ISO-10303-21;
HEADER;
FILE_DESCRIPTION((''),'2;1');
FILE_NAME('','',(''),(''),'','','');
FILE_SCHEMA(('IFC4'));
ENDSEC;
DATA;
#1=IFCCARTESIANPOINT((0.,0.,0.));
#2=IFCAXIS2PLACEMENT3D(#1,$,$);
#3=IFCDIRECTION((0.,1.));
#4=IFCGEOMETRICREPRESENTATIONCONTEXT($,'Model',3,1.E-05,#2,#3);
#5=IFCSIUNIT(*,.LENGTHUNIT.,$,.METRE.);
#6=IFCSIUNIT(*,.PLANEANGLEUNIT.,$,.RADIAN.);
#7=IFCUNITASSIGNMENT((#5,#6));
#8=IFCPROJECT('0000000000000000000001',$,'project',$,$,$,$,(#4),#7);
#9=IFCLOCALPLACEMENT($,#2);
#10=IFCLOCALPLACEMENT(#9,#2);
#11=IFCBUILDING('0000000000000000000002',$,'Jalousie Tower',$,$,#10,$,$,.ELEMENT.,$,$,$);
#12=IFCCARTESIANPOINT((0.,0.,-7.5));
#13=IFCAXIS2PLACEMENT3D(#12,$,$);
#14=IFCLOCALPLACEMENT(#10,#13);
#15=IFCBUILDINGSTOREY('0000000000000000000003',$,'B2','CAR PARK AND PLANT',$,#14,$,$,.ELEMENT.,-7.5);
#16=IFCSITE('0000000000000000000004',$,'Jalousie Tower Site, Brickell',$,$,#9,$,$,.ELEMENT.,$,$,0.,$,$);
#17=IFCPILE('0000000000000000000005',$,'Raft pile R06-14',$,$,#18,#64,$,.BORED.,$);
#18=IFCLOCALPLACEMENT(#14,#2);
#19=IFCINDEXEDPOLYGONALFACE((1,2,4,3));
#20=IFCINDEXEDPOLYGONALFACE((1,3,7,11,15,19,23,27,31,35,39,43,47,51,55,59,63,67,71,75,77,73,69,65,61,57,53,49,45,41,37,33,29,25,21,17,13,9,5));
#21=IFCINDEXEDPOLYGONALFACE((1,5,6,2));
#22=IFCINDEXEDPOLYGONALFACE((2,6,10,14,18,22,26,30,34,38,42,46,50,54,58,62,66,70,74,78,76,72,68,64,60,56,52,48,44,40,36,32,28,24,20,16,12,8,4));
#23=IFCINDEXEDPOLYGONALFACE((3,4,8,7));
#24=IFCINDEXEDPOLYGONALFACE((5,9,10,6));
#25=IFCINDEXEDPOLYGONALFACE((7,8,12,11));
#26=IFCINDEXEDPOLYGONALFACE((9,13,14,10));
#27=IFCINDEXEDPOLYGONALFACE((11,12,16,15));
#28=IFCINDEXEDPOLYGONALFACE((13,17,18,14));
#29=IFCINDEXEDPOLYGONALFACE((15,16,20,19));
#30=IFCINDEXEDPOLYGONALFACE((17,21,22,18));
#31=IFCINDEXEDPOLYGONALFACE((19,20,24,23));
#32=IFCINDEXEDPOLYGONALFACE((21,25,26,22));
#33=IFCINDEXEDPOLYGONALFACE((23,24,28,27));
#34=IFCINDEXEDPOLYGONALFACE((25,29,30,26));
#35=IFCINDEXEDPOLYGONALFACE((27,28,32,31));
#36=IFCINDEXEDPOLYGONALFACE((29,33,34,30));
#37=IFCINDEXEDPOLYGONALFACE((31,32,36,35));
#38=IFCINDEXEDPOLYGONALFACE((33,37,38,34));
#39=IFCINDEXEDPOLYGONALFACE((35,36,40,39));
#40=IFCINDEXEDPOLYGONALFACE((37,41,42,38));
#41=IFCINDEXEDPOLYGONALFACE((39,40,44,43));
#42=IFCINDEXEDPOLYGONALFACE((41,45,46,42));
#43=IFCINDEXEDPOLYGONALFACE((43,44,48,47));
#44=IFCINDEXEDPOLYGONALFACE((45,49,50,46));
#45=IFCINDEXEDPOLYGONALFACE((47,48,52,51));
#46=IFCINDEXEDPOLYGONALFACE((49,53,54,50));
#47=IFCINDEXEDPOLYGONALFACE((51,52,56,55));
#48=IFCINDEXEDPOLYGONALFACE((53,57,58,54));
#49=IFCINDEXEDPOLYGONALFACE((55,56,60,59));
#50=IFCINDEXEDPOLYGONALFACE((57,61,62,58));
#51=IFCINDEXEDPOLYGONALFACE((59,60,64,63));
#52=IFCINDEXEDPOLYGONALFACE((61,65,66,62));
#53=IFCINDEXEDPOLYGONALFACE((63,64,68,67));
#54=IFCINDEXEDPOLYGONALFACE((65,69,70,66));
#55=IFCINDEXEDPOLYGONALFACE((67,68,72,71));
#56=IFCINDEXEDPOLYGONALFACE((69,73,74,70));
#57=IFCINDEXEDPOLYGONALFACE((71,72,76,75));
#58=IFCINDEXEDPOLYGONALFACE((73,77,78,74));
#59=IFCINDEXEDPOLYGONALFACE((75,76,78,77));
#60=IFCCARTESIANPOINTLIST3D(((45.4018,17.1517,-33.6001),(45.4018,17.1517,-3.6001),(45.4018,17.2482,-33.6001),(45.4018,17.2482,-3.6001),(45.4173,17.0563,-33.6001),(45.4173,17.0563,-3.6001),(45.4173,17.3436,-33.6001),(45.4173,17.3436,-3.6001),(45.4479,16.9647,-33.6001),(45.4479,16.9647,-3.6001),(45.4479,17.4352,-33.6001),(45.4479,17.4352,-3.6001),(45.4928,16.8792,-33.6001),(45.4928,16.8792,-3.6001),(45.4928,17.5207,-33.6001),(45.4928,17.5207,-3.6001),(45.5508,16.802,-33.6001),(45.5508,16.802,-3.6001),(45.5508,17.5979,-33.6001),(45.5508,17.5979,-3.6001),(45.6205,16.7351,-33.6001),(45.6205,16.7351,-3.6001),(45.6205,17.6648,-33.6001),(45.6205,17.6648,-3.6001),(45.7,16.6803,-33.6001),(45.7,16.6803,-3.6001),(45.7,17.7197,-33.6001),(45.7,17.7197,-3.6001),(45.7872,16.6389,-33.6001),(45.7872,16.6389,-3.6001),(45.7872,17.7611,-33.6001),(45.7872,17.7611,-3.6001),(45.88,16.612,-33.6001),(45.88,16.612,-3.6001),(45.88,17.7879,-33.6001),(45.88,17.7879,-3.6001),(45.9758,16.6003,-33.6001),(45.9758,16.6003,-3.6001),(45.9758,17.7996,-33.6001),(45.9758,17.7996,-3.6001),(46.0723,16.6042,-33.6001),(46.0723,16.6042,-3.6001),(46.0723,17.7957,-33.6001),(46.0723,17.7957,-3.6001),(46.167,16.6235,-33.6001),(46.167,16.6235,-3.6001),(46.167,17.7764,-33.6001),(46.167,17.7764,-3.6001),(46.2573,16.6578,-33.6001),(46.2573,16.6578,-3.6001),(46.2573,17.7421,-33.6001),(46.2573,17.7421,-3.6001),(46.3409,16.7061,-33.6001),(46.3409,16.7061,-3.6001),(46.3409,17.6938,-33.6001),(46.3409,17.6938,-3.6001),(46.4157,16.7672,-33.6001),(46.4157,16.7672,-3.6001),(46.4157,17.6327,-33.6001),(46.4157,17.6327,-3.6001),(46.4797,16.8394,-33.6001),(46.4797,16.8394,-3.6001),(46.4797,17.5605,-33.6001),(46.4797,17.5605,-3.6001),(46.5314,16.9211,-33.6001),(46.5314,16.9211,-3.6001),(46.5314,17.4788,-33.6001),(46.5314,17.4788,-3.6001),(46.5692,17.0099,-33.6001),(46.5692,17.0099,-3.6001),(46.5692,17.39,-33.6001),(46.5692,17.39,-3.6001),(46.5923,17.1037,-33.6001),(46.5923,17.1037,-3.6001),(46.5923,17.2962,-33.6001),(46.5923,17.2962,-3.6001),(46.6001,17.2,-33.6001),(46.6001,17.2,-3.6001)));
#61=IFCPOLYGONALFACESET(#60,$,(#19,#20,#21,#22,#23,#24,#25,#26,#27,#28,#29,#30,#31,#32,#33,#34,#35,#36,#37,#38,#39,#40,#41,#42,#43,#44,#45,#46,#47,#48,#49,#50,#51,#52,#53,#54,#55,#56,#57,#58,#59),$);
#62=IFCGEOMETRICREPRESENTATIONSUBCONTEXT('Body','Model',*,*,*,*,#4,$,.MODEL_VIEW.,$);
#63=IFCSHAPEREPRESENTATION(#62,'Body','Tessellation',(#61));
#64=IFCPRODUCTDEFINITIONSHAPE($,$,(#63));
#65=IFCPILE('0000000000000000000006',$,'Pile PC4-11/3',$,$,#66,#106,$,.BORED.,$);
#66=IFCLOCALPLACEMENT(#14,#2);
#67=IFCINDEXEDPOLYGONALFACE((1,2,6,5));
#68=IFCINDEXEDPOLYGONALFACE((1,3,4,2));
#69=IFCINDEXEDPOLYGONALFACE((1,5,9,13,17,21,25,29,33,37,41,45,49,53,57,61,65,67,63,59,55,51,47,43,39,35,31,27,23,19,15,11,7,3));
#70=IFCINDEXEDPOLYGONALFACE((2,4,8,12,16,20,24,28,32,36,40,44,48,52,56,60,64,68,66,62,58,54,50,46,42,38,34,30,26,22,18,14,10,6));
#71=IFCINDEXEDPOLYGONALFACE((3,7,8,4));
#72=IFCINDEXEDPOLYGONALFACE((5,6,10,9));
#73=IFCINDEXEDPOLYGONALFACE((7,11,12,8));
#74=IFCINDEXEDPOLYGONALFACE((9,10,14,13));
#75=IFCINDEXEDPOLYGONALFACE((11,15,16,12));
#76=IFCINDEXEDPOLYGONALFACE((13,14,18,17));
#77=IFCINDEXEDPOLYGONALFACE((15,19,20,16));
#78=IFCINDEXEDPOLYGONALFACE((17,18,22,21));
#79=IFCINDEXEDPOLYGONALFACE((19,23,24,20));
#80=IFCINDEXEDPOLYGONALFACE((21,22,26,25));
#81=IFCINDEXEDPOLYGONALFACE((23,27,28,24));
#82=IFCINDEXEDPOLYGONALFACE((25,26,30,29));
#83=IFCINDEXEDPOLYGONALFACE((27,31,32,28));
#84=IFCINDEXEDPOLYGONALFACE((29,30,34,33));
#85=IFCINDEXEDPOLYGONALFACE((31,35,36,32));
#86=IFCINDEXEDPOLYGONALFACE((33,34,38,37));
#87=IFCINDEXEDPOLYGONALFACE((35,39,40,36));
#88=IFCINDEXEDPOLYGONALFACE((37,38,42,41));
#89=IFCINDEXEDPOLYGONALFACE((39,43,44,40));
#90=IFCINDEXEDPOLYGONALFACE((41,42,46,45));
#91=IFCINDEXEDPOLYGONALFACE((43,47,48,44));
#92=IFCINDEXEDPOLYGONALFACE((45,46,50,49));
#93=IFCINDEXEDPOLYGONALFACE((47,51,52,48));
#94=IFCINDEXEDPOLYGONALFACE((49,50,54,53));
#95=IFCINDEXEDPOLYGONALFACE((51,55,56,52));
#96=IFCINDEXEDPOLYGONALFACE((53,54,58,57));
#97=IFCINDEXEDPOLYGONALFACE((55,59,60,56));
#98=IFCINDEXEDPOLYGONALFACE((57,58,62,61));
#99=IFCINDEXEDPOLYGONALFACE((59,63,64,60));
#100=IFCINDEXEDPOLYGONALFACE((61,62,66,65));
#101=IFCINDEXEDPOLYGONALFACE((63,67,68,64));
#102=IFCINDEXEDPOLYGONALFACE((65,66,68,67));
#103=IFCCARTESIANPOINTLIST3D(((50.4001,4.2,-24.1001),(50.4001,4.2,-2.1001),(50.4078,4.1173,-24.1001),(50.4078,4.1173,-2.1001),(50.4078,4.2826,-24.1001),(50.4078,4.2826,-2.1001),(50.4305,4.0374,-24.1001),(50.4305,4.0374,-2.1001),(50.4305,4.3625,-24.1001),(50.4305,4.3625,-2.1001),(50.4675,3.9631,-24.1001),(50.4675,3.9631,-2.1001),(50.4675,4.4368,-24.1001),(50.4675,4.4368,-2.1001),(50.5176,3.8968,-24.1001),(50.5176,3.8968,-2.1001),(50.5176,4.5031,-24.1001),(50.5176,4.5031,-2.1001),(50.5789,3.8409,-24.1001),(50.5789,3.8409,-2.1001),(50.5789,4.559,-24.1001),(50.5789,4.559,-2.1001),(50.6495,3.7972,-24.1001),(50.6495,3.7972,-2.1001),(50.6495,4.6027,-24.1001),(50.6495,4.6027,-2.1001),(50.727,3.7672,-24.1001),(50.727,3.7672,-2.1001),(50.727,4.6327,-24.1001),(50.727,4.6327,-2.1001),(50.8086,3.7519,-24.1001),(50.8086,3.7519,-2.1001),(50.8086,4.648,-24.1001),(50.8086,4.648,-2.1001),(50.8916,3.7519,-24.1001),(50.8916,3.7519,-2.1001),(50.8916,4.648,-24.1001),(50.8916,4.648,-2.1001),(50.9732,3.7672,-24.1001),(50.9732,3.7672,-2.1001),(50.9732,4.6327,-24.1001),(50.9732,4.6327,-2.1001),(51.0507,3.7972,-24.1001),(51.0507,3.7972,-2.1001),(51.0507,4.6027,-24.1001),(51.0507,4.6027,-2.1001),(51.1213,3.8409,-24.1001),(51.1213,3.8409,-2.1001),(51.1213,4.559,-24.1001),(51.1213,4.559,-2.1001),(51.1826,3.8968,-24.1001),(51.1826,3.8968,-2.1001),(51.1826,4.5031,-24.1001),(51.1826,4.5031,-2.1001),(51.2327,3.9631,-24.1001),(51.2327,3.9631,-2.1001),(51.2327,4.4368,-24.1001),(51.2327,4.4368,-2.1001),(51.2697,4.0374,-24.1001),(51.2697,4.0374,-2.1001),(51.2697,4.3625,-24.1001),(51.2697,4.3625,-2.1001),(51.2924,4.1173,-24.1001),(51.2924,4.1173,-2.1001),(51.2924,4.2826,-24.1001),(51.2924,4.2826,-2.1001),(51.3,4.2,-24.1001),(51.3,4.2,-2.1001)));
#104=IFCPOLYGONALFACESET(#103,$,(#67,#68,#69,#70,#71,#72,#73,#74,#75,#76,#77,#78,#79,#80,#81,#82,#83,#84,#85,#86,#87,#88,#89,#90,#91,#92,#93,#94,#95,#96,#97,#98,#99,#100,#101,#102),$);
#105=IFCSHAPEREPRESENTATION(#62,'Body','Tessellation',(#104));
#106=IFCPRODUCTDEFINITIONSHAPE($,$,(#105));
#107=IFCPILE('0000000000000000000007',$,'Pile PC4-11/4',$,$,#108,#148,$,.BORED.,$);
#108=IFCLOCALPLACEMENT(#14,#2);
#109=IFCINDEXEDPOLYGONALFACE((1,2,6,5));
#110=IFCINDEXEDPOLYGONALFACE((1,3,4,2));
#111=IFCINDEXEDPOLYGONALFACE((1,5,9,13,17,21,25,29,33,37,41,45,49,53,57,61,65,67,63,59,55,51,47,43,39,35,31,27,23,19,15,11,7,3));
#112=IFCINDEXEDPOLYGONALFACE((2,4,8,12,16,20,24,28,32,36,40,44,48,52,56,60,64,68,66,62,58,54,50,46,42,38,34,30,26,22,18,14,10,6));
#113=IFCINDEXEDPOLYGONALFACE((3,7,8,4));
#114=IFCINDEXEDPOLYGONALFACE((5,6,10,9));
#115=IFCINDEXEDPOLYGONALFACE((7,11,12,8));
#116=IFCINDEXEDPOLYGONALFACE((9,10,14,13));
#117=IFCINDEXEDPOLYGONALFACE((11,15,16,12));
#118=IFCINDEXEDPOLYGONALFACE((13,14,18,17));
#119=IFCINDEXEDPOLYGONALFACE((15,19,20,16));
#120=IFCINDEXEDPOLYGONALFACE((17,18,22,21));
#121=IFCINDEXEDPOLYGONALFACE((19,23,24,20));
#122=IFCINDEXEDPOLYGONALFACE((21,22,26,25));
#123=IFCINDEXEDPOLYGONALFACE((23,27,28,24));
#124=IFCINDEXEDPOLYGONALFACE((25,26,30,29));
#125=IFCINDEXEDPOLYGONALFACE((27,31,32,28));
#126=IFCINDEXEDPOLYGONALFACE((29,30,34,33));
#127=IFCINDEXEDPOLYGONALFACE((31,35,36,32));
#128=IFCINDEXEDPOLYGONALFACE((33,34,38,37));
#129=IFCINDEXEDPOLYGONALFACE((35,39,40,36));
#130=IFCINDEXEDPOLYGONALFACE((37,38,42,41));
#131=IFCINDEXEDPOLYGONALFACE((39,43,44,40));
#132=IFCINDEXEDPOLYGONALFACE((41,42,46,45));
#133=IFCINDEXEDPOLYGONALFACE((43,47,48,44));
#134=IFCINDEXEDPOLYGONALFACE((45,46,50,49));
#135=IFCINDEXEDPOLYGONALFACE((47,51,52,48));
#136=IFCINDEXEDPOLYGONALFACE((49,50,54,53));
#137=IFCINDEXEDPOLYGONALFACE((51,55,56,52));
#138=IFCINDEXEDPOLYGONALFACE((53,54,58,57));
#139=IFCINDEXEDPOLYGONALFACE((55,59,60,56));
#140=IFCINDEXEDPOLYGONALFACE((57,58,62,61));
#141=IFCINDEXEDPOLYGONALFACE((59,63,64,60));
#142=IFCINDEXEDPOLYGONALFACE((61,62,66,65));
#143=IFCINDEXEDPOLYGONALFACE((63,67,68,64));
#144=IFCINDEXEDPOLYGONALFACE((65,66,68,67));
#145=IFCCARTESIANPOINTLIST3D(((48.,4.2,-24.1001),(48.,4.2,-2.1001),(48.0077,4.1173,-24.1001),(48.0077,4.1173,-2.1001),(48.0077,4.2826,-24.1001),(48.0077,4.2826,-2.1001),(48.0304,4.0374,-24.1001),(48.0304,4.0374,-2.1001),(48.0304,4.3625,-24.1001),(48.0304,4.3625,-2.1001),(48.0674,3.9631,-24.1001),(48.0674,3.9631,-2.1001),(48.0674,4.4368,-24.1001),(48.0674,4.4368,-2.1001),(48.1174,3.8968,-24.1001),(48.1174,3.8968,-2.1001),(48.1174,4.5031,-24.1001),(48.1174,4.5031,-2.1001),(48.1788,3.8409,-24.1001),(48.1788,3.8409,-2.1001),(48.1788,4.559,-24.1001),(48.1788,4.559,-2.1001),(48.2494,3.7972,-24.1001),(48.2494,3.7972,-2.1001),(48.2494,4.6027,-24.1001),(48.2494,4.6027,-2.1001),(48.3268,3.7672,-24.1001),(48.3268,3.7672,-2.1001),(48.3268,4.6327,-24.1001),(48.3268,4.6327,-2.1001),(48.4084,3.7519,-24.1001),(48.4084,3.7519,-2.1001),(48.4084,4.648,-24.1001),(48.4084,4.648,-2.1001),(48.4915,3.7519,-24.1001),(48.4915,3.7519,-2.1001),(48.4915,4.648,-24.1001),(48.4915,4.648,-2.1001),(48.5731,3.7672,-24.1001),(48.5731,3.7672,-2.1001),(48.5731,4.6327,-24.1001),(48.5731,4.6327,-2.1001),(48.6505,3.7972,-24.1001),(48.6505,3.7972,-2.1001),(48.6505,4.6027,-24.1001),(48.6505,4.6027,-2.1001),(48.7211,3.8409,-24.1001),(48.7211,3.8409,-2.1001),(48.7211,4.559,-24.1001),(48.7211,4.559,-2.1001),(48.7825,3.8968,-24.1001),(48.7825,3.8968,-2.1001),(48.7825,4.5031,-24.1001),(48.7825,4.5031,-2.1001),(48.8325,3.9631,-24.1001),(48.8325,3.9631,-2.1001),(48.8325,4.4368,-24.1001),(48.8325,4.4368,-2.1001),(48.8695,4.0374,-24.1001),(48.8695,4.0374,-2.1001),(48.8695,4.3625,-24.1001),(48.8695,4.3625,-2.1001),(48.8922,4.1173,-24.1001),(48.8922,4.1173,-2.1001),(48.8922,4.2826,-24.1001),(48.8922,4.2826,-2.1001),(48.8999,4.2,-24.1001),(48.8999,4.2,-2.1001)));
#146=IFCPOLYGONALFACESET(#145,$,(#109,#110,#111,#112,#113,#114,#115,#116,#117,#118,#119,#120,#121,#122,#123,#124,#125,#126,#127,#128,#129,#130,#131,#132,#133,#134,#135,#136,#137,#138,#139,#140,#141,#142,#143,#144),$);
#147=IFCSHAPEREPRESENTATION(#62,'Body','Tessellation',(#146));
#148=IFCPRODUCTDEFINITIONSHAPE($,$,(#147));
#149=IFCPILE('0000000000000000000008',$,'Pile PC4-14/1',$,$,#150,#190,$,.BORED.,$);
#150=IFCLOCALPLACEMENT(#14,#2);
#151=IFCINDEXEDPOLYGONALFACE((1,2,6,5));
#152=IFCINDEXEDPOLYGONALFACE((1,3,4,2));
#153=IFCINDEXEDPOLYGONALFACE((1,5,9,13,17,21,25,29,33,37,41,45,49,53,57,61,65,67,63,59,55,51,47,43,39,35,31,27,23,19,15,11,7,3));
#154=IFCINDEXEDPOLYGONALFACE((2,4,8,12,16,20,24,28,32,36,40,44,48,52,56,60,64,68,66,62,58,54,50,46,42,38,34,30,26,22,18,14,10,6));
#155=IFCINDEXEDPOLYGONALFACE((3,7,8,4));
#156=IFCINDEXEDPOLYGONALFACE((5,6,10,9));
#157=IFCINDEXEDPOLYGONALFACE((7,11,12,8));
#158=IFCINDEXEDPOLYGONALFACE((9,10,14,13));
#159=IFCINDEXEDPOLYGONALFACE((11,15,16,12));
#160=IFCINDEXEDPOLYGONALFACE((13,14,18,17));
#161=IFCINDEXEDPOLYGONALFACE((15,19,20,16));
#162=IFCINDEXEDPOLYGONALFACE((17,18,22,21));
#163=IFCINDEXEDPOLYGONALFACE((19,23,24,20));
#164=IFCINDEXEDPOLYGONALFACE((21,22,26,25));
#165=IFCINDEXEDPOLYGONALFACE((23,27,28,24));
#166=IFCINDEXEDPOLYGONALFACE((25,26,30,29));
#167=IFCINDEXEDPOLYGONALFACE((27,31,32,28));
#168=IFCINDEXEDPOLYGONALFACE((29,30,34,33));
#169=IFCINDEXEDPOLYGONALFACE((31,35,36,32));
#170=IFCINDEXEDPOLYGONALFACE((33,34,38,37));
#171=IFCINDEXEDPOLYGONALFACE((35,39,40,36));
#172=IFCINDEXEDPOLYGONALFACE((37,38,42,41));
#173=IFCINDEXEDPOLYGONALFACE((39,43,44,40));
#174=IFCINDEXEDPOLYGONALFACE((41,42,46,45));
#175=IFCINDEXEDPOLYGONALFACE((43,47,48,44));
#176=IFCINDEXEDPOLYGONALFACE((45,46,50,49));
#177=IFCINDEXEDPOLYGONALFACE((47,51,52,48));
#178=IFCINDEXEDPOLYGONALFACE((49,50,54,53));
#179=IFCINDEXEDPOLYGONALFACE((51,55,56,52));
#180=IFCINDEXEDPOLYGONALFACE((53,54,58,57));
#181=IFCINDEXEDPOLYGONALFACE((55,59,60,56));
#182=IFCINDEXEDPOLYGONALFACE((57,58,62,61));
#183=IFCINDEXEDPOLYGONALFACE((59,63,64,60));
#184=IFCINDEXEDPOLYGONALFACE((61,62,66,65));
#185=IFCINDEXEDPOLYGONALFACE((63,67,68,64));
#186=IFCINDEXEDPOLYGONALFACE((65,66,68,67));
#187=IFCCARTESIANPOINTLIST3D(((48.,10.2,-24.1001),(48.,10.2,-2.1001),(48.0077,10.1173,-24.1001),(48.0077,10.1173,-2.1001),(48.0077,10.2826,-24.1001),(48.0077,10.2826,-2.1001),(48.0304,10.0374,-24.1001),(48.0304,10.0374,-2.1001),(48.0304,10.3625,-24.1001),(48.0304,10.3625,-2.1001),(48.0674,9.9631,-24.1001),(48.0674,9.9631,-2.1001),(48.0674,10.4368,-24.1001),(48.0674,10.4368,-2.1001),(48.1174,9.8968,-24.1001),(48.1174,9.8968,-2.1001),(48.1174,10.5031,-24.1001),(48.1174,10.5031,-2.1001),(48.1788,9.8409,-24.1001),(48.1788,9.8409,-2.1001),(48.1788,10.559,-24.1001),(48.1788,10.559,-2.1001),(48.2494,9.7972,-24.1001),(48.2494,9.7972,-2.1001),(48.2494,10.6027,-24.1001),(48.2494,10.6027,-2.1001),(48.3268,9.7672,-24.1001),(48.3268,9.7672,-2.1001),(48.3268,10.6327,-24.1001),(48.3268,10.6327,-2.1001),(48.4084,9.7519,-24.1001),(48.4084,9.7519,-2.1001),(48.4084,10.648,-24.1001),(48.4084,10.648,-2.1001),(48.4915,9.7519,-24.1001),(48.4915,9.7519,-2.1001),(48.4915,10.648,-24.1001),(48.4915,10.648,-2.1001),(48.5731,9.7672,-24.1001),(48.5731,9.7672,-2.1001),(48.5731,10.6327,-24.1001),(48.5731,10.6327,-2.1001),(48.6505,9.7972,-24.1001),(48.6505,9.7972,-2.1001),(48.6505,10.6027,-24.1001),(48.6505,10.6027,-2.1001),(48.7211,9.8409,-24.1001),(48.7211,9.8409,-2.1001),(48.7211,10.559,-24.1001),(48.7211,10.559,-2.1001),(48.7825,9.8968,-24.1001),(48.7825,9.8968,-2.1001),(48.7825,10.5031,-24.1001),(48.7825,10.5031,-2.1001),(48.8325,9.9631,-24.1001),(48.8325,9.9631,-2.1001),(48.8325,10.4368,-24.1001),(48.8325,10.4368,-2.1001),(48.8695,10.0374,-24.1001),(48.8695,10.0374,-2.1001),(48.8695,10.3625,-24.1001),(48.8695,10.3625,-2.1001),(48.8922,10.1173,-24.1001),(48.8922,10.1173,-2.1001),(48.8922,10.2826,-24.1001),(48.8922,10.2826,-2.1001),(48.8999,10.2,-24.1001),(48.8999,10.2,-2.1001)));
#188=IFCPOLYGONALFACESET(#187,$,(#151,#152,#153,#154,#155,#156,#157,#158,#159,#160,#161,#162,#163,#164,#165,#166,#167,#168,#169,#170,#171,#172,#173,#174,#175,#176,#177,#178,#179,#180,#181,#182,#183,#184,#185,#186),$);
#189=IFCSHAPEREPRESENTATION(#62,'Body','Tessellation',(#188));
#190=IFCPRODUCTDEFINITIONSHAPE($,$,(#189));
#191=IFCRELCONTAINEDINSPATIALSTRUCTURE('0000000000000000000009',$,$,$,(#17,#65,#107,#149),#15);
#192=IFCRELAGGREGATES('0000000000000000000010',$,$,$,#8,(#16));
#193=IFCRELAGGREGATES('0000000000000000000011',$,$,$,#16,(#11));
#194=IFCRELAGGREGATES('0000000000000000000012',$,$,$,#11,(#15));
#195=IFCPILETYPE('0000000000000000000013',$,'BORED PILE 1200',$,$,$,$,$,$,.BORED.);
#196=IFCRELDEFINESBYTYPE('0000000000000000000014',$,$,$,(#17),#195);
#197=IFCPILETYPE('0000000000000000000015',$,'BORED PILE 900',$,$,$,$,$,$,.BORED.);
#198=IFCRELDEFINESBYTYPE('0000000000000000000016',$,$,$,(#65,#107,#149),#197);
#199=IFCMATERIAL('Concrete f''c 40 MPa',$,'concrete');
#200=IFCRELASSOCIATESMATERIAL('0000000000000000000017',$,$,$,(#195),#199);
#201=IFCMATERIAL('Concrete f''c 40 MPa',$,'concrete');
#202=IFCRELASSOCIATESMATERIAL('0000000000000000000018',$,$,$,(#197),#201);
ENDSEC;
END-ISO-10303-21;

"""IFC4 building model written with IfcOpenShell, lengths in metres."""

from ifc_helpers import new_model, si_unit, direction, frame, origin, origin_2d, place, context, subcontext, project, spatial, circle, extrude, material, material_profile, profile_set, type_object, element, save


model = new_model("IFC4")

# Units and contexts
model_context = context("Model", 3, precision=1e-05, world=origin(), true_north=direction((0.0, 1.0)))
body_context = subcontext(model_context, "Body", "Model", "MODEL_VIEW")
ifc_project = project(units=[si_unit("LENGTHUNIT", "METRE"), si_unit("PLANEANGLEUNIT", "RADIAN")], contexts=[model_context])

# Site, building, storey
site_placement = place(None, origin())
site = spatial("IfcSite", under=ifc_project, at=site_placement, Name="Jalousie Tower Site, Brickell", CompositionType="ELEMENT", RefElevation=0.0)
building_placement = place(site_placement, origin())
building = spatial("IfcBuilding", under=site, at=building_placement, Name="Jalousie Tower", CompositionType="ELEMENT")
storey_placement = place(building_placement, frame((0.0, 0.0, -7.5)))
storey = spatial("IfcBuildingStorey", under=building, at=storey_placement, Name="B2", Description="CAR PARK AND PLANT", CompositionType="ELEMENT", Elevation=-7.5)

# Piles
ifc_material_1 = material(Name="Concrete f'c 40 MPa", Category="concrete")
ifc_material_profile_1 = material_profile(ifc_material_1, circle(Radius=0.6001, at=origin_2d()), Name="BORED PILE D1200")
ifc_profile_set_1 = profile_set([ifc_material_profile_1], Name="Concrete f'c 40 MPa")
pile_type_1 = type_object("IfcPileType", Name="BORED PILE 1200", PredefinedType="BORED", material=ifc_profile_set_1)
for number, where, z_axis, x_axis, name in (
    (1, (46.0, 17.2, -3.6001), (0.0, 0.0, -1.0), (1.0, 0.0, 0.0), "Raft pile R06-14"),
):
    element("IfcPile", number, at=place(storey_placement, frame(where, z_axis=z_axis, x_axis=x_axis)), inside=storey, type_object=pile_type_1, Name=name, PredefinedType="BORED", context=body_context, shape_type="SweptSolid", body=[
        extrude(circle(Radius=0.6001, at=origin_2d()), origin(), (0.0, 0.0, 1.0), 30.0),
    ])
ifc_material_2 = material(Name="Concrete f'c 40 MPa", Category="concrete")
ifc_material_profile_2 = material_profile(ifc_material_2, circle(Radius=0.45, at=origin_2d()), Name="BORED PILE D900")
ifc_profile_set_2 = profile_set([ifc_material_profile_2], Name="Concrete f'c 40 MPa")
pile_type_2 = type_object("IfcPileType", Name="BORED PILE 900", PredefinedType="BORED", material=ifc_profile_set_2)
for number, where, z_axis, x_axis, name in (
    (2, (50.8501, 4.2, -2.1001), (0.0, 0.0, -1.0), (1.0, 0.0, 0.0), "Pile PC4-11/3"),
    (3, (48.45, 4.2, -2.1001), (0.0, 0.0, -1.0), (1.0, 0.0, 0.0), "Pile PC4-11/4"),
    (4, (48.45, 10.2, -2.1001), (0.0, 0.0, -1.0), (1.0, 0.0, 0.0), "Pile PC4-14/1"),
):
    element("IfcPile", number, at=place(storey_placement, frame(where, z_axis=z_axis, x_axis=x_axis)), inside=storey, type_object=pile_type_2, Name=name, PredefinedType="BORED", context=body_context, shape_type="SweptSolid", body=[
        extrude(circle(Radius=0.45, at=origin_2d()), origin(), (0.0, 0.0, 1.0), 22.0),
    ])

save(model, "model.ifc")
